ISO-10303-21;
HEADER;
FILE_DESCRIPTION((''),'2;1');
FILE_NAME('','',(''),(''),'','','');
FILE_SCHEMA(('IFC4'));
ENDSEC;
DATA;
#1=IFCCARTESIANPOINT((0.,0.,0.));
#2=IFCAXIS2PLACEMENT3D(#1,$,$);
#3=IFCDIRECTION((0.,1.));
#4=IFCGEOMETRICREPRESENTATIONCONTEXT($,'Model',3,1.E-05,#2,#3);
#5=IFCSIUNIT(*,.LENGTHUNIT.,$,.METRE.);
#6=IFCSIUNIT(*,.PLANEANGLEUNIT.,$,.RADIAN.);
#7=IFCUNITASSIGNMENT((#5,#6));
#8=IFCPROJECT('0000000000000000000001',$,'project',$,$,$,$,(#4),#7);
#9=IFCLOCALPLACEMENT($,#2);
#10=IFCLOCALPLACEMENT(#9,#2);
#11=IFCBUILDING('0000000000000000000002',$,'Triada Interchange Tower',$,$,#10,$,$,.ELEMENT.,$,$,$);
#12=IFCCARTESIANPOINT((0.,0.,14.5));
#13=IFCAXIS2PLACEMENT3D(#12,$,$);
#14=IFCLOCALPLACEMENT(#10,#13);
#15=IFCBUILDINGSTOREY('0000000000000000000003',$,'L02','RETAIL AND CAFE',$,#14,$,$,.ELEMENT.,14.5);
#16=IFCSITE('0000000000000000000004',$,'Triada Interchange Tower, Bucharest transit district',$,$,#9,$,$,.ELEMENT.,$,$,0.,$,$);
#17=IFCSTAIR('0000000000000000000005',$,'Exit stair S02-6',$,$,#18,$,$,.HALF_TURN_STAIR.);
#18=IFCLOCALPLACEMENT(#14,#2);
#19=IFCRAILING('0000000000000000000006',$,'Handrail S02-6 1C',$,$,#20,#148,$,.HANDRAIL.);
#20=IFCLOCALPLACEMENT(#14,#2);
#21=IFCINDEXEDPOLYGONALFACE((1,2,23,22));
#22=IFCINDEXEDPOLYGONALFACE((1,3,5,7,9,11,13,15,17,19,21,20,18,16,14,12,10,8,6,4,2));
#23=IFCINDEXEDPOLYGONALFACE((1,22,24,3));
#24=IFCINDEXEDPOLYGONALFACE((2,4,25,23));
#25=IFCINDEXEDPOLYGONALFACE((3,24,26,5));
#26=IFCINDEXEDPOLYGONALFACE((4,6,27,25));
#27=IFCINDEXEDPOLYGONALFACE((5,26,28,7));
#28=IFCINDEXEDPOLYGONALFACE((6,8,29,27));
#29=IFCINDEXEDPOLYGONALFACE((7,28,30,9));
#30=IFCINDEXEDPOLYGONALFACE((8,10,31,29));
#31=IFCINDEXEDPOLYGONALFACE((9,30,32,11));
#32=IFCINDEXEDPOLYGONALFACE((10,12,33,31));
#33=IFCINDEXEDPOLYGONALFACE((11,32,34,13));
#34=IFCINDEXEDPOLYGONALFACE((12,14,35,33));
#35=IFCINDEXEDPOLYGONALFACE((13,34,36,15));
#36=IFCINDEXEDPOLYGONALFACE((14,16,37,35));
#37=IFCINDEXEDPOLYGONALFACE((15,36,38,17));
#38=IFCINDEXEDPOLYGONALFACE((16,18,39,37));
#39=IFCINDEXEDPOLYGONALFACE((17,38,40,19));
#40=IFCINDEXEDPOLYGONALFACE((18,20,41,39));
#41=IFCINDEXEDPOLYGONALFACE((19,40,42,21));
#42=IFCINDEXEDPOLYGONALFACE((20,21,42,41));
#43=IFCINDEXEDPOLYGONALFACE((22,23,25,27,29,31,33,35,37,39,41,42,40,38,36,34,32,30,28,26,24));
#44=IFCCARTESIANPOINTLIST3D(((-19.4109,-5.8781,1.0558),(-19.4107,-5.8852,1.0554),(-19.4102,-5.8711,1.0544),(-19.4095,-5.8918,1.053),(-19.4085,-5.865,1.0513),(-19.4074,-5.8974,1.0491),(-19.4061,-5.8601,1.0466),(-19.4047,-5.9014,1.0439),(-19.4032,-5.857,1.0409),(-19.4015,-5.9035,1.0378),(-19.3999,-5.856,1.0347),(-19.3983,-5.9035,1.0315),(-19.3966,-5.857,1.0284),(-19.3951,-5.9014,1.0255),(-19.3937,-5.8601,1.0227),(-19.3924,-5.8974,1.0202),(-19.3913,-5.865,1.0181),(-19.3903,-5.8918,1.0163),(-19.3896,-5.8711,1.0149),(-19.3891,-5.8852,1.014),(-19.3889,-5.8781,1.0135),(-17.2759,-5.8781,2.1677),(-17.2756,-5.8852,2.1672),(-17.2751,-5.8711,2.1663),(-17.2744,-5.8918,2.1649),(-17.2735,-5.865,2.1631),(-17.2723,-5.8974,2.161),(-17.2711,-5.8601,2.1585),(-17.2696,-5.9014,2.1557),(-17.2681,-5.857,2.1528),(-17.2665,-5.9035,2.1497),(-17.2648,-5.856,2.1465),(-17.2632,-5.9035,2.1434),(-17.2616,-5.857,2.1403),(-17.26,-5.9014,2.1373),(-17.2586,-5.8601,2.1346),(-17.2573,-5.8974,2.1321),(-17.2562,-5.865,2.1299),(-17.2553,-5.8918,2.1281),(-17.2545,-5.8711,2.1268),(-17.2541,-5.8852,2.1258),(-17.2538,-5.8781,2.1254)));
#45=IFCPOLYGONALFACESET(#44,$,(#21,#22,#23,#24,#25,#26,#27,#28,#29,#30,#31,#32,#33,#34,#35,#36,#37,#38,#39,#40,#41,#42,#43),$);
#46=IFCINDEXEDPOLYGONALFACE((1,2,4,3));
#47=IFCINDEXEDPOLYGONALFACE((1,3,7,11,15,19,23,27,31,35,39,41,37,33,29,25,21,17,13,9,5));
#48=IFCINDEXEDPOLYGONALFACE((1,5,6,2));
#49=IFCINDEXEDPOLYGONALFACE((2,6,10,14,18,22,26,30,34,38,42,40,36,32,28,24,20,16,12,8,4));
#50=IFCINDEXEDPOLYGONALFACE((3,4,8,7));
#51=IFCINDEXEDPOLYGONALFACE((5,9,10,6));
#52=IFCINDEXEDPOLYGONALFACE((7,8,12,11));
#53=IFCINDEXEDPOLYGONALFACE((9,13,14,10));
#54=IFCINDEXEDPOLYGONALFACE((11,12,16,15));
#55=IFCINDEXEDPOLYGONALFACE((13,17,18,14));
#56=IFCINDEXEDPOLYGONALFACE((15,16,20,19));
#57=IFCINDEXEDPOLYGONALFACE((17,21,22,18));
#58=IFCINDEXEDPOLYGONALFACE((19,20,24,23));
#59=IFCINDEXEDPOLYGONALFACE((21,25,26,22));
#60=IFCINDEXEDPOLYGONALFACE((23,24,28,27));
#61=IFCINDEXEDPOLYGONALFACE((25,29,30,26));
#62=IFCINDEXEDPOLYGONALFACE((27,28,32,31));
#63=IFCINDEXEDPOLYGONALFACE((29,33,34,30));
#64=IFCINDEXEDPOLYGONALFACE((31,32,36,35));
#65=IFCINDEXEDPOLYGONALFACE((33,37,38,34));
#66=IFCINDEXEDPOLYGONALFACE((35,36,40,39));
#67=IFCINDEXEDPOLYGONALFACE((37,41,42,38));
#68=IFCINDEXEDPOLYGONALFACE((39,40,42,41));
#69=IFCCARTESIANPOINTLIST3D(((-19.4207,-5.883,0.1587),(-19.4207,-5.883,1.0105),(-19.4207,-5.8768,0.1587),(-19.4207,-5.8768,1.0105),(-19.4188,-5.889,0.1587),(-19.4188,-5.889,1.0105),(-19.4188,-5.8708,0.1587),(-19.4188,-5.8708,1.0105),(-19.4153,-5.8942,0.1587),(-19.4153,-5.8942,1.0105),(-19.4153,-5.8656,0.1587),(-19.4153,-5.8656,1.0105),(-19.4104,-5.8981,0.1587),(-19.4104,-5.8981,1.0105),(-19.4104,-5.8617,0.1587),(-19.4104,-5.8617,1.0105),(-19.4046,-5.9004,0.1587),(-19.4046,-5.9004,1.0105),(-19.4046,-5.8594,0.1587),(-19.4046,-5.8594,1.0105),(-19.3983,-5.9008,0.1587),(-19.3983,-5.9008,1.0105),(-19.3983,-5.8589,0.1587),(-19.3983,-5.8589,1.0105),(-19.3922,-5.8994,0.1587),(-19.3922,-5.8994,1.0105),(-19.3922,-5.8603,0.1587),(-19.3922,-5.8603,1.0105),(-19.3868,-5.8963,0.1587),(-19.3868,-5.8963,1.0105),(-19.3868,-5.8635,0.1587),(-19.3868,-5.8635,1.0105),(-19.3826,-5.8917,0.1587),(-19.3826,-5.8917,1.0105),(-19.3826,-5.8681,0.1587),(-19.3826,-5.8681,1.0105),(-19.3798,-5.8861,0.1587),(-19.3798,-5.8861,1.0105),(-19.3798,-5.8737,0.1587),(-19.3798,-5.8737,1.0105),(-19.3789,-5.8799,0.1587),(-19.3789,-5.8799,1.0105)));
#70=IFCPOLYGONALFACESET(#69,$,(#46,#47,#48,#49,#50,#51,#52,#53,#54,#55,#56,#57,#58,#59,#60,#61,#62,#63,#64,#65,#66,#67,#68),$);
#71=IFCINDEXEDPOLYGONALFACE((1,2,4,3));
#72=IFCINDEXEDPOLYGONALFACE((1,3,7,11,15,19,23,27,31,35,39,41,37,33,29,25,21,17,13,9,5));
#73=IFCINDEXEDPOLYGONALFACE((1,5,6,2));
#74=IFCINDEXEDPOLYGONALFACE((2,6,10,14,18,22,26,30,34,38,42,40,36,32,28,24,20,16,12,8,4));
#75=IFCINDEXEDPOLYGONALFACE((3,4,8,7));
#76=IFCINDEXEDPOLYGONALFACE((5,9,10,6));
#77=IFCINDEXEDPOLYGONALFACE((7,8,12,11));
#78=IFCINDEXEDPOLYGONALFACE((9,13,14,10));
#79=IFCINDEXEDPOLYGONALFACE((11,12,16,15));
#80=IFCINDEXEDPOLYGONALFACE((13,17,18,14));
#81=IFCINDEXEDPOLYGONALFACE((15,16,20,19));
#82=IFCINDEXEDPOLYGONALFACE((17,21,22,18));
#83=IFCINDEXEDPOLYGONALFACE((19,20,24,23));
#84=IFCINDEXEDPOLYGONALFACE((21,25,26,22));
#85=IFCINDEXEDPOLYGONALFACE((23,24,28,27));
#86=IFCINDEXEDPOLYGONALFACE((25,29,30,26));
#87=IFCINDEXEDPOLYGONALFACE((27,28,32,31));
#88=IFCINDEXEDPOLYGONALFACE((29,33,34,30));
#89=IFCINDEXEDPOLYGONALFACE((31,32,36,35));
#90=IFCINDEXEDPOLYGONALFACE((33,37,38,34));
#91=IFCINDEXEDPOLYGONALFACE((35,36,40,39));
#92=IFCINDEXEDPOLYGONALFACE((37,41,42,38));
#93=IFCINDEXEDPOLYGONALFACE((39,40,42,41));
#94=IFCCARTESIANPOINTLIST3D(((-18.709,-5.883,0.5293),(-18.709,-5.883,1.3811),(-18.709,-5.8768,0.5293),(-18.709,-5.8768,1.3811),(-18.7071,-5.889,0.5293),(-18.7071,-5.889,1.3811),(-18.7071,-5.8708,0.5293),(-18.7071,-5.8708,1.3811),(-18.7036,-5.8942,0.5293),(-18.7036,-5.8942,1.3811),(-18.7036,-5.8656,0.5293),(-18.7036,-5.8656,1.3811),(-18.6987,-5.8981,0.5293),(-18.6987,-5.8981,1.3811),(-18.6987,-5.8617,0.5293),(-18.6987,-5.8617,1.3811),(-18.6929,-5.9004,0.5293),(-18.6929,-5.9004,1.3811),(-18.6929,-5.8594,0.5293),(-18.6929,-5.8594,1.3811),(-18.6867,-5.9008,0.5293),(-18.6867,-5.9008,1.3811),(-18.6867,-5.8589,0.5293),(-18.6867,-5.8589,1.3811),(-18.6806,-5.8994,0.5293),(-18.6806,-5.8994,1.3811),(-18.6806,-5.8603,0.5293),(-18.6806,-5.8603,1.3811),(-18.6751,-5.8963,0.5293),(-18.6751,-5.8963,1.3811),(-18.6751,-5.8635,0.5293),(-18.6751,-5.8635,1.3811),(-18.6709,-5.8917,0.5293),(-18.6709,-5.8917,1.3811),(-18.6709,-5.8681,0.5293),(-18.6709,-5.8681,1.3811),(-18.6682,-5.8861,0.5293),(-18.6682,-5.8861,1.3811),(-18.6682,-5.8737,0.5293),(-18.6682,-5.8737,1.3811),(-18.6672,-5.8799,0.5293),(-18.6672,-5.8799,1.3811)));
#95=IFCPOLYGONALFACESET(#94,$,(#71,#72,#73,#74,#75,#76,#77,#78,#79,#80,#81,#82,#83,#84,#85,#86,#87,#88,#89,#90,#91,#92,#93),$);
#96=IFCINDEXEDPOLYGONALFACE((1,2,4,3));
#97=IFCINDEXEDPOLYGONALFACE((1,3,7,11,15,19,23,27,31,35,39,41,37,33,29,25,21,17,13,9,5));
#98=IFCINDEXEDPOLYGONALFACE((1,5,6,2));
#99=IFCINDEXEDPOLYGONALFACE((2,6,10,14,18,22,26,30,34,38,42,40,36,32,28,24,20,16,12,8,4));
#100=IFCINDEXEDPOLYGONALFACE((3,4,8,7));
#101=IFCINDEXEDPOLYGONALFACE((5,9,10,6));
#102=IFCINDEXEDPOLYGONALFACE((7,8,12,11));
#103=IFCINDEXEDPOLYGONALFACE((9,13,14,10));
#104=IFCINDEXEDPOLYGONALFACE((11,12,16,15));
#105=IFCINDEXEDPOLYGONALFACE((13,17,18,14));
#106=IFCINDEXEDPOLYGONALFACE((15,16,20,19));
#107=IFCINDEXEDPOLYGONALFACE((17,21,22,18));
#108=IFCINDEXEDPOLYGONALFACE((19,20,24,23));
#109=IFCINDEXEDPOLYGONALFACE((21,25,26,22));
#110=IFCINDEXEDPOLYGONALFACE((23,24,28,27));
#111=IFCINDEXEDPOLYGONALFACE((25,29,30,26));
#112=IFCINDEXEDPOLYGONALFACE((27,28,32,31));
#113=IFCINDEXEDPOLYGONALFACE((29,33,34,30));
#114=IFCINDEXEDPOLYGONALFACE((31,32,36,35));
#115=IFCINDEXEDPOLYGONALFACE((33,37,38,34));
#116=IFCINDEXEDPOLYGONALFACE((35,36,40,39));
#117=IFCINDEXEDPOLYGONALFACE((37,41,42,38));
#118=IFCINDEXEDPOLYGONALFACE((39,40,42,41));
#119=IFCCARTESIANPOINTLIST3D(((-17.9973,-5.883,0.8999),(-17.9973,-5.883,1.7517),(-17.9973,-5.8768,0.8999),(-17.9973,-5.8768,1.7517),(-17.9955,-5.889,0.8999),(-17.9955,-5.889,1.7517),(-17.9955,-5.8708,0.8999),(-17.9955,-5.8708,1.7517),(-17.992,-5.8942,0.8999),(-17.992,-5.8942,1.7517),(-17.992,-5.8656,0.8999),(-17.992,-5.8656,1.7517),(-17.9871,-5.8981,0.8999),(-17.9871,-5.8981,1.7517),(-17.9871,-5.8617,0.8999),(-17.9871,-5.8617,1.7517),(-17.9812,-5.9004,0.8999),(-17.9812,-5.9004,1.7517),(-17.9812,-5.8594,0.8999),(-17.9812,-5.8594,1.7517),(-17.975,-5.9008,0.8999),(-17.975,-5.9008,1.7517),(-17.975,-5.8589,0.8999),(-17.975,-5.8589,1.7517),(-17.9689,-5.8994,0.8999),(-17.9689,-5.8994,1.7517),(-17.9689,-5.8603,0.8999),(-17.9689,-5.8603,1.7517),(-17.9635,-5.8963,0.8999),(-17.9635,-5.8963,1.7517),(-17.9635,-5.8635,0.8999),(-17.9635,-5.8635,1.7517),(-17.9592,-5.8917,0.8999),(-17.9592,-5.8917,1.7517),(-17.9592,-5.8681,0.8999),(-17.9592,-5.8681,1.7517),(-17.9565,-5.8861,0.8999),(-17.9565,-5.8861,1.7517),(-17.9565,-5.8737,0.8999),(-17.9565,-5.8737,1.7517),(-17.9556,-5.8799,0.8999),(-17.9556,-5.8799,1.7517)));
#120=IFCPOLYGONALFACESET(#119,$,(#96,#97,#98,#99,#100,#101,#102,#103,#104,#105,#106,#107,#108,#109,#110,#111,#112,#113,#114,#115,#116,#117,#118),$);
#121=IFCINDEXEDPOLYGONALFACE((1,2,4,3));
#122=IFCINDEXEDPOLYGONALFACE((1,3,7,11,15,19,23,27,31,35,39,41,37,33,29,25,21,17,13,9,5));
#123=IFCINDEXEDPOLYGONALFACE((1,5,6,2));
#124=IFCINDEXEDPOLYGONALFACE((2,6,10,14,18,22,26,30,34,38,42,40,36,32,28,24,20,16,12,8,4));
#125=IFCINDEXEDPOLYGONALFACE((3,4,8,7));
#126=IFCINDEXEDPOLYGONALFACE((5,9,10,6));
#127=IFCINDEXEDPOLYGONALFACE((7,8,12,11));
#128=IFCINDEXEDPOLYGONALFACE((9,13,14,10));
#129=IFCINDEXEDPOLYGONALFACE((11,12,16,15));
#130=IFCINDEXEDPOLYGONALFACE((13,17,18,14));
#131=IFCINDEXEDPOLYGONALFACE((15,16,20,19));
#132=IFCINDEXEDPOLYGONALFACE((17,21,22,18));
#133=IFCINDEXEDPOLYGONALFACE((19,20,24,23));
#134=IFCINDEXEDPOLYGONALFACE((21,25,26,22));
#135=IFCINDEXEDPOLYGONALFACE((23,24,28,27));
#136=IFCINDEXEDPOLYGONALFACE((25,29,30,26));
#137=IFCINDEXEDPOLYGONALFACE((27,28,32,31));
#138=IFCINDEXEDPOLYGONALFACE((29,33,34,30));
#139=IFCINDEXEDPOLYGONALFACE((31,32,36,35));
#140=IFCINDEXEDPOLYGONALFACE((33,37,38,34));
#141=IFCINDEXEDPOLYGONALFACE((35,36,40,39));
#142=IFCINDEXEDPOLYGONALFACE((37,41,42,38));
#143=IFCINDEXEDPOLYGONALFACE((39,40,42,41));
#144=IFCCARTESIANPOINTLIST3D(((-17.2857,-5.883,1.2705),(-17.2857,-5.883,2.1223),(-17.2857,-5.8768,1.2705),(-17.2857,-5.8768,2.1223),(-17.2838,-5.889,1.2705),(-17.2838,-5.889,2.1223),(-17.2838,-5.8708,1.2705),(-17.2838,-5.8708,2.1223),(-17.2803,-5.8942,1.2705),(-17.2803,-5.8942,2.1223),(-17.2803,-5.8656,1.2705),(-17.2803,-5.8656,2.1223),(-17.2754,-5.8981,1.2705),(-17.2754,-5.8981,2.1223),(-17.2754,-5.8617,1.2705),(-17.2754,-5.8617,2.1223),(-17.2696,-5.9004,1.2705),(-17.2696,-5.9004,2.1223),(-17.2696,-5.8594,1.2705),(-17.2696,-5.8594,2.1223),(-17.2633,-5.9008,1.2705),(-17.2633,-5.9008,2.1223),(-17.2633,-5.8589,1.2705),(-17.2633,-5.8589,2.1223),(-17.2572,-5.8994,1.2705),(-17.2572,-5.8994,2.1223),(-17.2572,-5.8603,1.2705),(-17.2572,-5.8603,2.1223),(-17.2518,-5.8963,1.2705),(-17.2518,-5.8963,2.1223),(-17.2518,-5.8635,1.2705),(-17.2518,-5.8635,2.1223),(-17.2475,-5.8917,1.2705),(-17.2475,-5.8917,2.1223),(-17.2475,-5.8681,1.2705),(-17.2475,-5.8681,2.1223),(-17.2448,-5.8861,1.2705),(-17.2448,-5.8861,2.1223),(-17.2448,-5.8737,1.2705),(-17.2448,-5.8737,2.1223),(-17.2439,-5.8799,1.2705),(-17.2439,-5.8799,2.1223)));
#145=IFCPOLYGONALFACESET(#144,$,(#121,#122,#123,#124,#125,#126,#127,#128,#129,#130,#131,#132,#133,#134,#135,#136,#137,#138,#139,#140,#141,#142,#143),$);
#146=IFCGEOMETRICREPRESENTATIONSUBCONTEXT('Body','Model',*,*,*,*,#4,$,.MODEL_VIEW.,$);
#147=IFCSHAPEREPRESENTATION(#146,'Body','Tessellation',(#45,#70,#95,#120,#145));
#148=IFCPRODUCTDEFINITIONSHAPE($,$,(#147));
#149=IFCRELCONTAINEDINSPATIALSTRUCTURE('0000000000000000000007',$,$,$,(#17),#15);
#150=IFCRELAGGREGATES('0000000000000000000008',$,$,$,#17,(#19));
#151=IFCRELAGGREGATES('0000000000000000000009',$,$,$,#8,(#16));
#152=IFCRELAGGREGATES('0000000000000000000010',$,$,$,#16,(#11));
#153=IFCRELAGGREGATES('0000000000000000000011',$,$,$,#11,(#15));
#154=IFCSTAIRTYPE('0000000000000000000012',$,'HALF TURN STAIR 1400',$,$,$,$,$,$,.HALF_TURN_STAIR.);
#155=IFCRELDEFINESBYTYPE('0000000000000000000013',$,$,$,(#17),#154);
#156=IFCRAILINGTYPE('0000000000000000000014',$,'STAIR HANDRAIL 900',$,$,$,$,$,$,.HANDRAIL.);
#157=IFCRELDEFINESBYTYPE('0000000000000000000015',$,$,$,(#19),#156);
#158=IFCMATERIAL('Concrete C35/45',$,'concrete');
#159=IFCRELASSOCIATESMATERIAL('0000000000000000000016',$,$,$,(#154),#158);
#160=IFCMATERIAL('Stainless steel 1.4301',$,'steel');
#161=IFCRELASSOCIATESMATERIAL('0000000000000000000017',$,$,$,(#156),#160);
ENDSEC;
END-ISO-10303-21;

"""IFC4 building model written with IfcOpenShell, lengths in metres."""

from ifc_helpers import new_model, si_unit, direction, frame, origin, origin_2d, place, context, subcontext, project, spatial, circle, extrude, material, type_object, element, aggregate, save


model = new_model("IFC4")

# Units and contexts
model_context = context("Model", 3, precision=1e-05, world=origin(), true_north=direction((0.0, 1.0)))
body_context = subcontext(model_context, "Body", "Model", "MODEL_VIEW")
ifc_project = project(units=[si_unit("LENGTHUNIT", "METRE"), si_unit("PLANEANGLEUNIT", "RADIAN")], contexts=[model_context])

# Site, building, storey
site_placement = place(None, origin())
site = spatial("IfcSite", under=ifc_project, at=site_placement, Name="Triada Interchange Tower, Bucharest transit district", CompositionType="ELEMENT", RefElevation=0.0)
building_placement = place(site_placement, origin())
building = spatial("IfcBuilding", under=site, at=building_placement, Name="Triada Interchange Tower", CompositionType="ELEMENT")
storey_placement = place(building_placement, frame((0.0, 0.0, 14.5)))
storey = spatial("IfcBuildingStorey", under=building, at=storey_placement, Name="L02", Description="RETAIL AND CAFE", CompositionType="ELEMENT", Elevation=14.5)

# Shared definitions
ifc_material_1 = material(Name="Concrete C35/45", Category="concrete")

# Stair, railing
stair_type = type_object("IfcStairType", Name="HALF TURN STAIR 1400", PredefinedType="HALF_TURN_STAIR", material=ifc_material_1)
stair_placement = place(storey_placement, origin())
stair = element("IfcStair", 1, at=stair_placement, inside=storey, type_object=stair_type, Name="Exit stair S02-6", PredefinedType="HALF_TURN_STAIR")
ifc_material_2 = material(Name="Stainless steel 1.4301", Category="steel")
railing_type_1 = type_object("IfcRailingType", Name="STAIR HANDRAIL 900", PredefinedType="HANDRAIL", material=ifc_material_2)
railing_1_placement = place(storey_placement, frame((-19.3999, -5.8799, 0.1587)))
railing_1 = element("IfcRailing", 2, at=railing_1_placement, type_object=railing_type_1, Name="Handrail S02-6 1C", PredefinedType="HANDRAIL", context=body_context, shape_type="SweptSolid", body=[
    extrude(circle(Radius=0.0239, at=origin_2d()), frame((0.0, 0.0, 0.876), z_axis=(0.886943, 0.0, 0.46188), x_axis=(0.0, 1.0, 0.0)), (0.0, 0.0, 1.0), 2.4072),
    extrude(circle(Radius=0.021, at=origin_2d()), origin(), (0.0, 0.0, 1.0), 0.8518),
    extrude(circle(Radius=0.021, at=origin_2d()), frame((0.7117, 0.0, 0.3706)), (0.0, 0.0, 1.0), 0.8518),
    extrude(circle(Radius=0.021, at=origin_2d()), frame((1.4233, 0.0, 0.7412)), (0.0, 0.0, 1.0), 0.8518),
    extrude(circle(Radius=0.021, at=origin_2d()), frame((2.135, 0.0, 1.1118)), (0.0, 0.0, 1.0), 0.8518),
])
aggregate(stair, [railing_1])

save(model, "model.ifc")
